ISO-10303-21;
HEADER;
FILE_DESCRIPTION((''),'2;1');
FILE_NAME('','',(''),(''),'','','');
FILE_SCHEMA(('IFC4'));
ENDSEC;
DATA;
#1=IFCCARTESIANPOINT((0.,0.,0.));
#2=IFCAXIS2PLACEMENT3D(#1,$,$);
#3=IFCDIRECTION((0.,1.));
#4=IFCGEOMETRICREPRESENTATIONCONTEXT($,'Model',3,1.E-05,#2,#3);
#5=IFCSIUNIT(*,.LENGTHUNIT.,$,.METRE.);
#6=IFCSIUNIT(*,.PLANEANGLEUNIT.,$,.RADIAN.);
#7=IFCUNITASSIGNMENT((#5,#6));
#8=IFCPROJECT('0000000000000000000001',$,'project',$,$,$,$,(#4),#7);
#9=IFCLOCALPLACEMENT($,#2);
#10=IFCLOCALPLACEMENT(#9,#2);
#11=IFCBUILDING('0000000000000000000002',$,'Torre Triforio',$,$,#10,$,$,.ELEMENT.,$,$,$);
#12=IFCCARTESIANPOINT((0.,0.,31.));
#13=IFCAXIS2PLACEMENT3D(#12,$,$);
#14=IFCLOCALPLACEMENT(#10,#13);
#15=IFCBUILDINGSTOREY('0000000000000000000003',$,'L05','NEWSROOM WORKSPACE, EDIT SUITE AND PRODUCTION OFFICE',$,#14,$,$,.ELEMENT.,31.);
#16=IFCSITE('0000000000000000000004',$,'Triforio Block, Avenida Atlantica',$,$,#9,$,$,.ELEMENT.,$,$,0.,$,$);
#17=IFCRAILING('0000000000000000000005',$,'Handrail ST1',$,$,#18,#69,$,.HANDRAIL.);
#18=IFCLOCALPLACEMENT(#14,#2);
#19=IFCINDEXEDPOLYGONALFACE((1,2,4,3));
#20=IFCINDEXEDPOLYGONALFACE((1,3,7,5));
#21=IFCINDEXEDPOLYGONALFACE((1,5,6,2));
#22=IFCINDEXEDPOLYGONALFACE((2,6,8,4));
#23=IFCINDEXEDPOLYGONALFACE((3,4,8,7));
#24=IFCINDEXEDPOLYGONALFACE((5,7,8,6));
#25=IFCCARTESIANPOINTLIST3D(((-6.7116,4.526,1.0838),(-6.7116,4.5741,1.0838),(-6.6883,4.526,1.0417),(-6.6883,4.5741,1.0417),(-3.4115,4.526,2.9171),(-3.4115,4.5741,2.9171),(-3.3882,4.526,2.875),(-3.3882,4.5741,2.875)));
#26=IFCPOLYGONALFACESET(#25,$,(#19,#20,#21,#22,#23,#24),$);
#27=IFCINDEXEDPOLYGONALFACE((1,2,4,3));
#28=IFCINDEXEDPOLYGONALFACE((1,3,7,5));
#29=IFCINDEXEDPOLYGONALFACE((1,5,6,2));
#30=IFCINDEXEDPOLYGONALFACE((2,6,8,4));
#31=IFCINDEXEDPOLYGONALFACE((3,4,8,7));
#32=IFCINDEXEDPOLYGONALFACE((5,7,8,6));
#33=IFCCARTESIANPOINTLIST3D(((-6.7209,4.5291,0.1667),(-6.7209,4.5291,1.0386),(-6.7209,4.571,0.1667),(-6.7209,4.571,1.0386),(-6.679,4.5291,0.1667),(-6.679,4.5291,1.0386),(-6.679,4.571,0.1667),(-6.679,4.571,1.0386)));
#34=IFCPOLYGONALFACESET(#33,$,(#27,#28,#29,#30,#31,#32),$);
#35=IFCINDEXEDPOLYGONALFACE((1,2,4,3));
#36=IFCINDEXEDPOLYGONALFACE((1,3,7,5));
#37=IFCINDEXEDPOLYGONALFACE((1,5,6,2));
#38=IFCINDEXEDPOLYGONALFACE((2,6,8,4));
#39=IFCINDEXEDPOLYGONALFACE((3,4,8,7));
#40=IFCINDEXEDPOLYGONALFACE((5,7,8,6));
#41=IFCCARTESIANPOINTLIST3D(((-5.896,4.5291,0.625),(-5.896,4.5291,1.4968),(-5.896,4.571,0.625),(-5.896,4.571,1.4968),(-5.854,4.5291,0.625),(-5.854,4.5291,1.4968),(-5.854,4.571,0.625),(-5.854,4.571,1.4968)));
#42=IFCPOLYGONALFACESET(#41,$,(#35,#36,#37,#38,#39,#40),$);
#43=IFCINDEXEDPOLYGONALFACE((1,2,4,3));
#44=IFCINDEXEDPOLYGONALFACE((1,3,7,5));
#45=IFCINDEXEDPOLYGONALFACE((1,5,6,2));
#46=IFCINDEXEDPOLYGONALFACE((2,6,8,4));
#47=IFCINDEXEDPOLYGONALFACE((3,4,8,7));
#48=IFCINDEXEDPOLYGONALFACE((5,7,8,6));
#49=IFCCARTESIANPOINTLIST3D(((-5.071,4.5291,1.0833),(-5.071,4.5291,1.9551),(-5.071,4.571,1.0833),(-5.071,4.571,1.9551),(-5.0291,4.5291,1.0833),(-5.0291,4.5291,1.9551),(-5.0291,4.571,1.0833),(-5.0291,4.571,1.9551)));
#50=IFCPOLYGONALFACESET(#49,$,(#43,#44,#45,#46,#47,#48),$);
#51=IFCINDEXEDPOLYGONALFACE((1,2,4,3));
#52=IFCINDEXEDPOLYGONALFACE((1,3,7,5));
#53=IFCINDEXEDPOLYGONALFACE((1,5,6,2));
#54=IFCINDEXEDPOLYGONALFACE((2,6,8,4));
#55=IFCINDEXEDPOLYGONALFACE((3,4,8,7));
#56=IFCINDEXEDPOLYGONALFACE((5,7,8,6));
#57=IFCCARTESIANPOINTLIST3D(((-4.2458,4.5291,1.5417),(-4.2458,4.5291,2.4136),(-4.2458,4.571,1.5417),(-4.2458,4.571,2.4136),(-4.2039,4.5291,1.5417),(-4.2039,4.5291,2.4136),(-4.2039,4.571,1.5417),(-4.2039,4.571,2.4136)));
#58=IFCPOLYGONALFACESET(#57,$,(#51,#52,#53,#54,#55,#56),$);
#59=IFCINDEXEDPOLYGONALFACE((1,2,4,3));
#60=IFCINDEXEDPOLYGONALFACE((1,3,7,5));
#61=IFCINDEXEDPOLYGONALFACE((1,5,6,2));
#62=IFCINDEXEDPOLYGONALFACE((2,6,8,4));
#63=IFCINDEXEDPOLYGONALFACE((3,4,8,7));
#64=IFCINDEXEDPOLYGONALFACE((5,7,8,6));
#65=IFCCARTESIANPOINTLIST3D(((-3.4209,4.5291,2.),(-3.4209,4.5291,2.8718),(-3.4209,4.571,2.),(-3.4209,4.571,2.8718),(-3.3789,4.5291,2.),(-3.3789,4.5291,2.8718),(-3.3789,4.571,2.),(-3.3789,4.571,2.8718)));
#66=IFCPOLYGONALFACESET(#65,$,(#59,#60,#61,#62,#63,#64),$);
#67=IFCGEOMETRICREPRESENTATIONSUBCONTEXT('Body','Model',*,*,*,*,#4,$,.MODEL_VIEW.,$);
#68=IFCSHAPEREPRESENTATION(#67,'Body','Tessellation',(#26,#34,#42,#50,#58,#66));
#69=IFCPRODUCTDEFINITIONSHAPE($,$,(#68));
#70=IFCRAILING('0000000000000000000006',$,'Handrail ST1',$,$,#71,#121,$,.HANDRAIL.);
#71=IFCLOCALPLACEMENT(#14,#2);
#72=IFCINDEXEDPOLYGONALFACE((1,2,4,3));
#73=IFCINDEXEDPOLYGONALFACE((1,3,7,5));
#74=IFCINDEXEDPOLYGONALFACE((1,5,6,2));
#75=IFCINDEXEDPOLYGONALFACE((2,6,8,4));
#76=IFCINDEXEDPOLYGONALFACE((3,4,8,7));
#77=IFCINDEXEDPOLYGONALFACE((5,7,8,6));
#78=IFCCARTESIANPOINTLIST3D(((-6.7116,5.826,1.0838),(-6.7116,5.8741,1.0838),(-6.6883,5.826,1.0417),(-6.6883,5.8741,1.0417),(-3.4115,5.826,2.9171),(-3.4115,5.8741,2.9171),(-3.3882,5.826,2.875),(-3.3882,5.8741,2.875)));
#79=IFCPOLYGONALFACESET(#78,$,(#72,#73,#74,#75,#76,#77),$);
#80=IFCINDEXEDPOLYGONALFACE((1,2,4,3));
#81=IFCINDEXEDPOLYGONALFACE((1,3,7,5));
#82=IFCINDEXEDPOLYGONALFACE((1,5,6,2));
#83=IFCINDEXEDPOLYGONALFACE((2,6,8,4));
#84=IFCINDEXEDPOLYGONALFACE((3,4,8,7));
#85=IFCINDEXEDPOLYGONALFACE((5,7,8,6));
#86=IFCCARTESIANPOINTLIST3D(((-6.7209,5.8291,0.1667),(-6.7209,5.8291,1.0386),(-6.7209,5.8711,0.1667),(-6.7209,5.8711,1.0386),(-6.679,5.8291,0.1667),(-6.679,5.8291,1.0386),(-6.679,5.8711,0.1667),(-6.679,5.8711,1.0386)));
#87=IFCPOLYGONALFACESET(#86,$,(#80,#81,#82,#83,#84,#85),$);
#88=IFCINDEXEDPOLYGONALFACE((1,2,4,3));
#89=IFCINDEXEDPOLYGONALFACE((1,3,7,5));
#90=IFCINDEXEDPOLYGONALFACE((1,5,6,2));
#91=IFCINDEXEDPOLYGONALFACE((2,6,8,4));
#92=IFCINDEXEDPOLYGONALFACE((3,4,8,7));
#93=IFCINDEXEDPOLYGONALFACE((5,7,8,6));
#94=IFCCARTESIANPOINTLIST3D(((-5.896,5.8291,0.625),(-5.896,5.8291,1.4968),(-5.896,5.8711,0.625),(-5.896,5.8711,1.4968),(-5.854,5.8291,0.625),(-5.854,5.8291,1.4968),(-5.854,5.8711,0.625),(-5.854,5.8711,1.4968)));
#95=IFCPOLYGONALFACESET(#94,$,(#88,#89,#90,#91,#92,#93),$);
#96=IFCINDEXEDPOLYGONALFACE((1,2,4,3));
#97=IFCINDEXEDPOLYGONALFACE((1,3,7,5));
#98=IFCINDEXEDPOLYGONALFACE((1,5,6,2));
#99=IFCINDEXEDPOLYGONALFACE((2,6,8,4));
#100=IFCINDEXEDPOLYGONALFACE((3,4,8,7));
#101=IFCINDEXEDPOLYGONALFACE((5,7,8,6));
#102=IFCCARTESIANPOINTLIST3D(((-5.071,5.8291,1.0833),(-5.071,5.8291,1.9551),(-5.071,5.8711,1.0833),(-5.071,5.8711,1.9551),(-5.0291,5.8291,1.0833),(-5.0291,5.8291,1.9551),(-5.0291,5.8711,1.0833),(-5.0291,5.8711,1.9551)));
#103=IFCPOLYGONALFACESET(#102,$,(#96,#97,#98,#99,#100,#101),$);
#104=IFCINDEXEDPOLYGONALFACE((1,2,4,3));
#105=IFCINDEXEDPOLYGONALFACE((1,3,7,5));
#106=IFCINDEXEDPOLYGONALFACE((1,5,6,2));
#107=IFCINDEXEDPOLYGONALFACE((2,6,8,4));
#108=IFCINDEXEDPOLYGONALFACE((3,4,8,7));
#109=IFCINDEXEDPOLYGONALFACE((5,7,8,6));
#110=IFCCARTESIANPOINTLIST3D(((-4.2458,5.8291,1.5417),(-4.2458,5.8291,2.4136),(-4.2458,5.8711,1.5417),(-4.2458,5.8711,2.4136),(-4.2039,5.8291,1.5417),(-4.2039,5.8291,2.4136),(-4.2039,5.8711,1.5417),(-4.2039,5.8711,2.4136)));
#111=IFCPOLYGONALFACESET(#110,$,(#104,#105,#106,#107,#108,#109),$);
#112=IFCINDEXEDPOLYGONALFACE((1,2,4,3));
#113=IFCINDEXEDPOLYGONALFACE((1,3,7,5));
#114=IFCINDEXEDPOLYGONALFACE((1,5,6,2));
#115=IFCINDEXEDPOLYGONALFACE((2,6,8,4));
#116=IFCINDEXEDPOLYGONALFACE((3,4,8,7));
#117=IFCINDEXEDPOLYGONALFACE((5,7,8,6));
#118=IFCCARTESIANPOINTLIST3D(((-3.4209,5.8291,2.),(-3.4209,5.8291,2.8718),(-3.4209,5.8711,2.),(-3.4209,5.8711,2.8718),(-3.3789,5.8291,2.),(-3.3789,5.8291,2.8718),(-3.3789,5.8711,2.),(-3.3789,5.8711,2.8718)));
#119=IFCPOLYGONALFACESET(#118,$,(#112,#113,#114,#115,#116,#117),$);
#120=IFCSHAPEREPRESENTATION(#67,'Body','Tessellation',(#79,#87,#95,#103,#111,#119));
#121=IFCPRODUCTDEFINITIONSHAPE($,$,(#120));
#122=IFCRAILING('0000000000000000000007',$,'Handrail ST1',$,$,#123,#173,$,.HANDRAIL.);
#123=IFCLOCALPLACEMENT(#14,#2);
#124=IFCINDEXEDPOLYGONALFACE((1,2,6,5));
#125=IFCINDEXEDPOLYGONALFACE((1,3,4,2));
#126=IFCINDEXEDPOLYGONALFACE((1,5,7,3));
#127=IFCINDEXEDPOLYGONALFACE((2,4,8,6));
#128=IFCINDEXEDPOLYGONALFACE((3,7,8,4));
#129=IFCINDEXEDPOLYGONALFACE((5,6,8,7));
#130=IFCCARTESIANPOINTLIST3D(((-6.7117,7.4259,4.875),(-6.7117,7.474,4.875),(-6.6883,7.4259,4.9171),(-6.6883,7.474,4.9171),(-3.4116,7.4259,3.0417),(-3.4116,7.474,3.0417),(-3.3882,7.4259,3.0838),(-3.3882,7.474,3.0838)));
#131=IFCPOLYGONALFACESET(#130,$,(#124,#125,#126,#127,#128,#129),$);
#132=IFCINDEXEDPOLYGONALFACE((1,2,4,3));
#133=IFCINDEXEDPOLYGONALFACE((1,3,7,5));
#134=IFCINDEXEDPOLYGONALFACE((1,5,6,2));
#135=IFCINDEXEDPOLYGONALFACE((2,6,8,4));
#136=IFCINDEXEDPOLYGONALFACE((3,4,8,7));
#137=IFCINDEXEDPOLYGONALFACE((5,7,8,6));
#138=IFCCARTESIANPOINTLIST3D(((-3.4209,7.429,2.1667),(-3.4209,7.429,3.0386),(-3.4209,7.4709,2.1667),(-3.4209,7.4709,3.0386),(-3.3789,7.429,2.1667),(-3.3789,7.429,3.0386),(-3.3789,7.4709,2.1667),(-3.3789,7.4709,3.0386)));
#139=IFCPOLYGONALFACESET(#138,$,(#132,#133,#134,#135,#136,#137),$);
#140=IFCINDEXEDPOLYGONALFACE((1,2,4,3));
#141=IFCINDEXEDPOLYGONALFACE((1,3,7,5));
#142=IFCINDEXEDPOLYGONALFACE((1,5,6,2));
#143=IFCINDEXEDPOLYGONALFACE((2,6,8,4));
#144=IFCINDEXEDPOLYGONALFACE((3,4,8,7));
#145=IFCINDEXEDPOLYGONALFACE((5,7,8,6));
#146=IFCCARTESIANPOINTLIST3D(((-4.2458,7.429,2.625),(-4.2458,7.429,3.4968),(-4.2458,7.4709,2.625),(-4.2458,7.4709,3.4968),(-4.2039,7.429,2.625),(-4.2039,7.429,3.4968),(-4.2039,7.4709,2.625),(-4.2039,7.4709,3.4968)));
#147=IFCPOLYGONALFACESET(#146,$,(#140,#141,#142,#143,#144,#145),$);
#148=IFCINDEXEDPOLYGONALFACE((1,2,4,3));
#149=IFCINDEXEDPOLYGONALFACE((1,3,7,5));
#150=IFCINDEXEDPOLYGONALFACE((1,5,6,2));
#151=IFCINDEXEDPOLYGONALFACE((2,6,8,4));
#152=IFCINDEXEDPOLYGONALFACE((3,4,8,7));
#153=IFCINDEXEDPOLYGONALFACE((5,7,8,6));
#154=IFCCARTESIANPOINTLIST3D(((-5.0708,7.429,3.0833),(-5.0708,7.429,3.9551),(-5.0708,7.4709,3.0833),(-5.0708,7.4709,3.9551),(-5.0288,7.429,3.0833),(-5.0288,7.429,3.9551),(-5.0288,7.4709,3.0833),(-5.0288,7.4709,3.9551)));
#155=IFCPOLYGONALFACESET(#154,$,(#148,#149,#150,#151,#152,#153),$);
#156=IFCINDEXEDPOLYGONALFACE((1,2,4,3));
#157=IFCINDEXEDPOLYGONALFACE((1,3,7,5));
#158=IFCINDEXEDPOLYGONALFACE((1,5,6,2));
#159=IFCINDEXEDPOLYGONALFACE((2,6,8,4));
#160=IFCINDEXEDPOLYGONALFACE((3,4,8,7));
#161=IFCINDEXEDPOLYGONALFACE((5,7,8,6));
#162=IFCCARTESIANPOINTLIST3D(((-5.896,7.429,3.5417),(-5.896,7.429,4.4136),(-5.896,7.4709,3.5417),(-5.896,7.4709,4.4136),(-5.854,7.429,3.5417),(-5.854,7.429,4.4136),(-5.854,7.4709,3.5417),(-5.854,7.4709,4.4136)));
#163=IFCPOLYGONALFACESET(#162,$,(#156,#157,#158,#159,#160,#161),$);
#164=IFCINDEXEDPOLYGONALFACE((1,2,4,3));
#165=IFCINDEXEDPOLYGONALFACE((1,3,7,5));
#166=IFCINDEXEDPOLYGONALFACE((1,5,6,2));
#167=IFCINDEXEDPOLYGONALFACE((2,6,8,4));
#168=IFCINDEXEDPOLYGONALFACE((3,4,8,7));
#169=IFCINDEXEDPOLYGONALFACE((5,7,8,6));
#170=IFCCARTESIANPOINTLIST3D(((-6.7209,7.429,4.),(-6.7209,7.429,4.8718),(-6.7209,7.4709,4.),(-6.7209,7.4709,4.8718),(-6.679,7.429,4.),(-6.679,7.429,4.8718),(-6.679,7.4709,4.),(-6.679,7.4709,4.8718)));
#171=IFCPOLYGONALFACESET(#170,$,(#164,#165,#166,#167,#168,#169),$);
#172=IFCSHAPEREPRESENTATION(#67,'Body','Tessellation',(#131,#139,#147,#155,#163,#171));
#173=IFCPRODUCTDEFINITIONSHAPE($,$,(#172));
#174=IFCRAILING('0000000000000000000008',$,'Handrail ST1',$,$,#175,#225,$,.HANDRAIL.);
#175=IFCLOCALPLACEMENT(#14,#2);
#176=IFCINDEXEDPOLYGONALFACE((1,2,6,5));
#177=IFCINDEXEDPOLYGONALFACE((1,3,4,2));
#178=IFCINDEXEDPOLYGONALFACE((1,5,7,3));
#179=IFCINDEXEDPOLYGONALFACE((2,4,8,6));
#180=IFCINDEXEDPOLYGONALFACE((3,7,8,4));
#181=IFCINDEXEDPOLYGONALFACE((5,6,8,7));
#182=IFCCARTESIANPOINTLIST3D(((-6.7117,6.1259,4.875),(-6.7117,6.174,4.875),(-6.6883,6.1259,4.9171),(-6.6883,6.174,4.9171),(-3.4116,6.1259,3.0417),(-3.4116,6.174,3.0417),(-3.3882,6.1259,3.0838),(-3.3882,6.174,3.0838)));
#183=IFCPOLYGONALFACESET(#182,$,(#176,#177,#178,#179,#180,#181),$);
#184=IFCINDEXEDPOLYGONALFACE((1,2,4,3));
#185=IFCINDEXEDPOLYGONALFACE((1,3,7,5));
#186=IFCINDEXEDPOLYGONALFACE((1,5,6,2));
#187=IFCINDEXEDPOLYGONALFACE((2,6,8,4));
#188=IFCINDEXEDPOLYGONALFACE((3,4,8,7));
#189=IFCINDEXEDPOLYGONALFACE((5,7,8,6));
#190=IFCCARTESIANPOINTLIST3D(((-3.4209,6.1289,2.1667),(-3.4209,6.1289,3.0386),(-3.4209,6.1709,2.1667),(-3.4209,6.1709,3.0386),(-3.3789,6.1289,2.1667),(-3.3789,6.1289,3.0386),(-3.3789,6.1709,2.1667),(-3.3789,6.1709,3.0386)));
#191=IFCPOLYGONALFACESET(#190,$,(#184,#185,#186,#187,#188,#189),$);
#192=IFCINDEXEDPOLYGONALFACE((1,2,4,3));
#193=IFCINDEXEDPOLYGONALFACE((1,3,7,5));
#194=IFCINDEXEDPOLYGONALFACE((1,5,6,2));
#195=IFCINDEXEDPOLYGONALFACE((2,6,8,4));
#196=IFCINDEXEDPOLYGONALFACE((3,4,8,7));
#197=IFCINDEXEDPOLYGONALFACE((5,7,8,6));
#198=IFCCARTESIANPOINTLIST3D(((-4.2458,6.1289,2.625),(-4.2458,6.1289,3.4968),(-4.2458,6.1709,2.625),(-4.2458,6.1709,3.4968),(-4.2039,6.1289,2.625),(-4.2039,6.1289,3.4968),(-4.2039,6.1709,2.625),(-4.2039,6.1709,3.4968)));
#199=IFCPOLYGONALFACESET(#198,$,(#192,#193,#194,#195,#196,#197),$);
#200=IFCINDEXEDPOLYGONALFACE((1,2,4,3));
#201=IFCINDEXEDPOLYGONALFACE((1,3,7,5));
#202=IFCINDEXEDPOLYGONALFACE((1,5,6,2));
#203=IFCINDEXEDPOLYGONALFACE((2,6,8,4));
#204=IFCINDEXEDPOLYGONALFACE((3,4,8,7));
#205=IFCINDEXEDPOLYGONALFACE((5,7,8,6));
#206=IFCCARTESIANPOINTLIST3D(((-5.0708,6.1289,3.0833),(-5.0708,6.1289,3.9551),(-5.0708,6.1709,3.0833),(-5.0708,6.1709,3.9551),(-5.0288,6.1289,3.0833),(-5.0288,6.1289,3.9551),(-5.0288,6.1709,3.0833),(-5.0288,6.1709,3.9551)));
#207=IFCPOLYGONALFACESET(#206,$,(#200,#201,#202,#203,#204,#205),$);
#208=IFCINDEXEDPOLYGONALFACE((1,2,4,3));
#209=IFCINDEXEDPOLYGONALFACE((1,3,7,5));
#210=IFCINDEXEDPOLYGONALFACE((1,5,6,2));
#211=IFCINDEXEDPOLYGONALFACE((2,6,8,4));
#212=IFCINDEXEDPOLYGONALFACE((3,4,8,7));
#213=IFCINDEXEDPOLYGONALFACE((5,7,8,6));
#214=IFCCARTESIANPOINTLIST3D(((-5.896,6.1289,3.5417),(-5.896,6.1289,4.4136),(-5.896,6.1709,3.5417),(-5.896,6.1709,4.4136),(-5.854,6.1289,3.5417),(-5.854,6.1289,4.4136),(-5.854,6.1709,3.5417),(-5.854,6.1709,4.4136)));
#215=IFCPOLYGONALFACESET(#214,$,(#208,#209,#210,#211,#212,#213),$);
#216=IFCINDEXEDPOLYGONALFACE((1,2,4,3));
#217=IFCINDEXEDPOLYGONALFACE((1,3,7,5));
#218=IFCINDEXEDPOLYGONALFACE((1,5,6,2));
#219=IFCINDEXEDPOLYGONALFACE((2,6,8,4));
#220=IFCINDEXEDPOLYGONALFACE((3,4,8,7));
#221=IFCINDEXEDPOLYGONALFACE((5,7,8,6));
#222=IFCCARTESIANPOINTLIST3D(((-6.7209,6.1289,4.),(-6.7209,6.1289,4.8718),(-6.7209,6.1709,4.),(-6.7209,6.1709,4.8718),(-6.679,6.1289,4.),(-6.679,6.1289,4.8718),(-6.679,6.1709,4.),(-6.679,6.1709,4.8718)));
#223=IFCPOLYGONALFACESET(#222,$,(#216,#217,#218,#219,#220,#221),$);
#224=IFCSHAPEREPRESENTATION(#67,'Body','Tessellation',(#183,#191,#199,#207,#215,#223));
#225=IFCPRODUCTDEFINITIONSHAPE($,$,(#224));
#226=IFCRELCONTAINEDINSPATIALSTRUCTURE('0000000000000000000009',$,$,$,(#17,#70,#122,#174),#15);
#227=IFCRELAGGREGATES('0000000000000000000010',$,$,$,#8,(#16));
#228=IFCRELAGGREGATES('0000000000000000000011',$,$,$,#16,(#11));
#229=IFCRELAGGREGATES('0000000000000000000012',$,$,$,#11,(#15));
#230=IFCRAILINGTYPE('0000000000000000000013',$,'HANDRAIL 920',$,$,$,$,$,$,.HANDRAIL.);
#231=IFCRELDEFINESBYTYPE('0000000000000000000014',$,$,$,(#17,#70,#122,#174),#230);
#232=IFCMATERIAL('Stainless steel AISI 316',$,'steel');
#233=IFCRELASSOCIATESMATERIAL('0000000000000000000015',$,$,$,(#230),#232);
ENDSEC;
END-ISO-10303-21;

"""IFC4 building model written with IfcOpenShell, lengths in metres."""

from ifc_helpers import new_model, si_unit, direction, frame, origin, origin_2d, place, context, subcontext, project, spatial, rectangle, extrude, material, type_object, element, save


model = new_model("IFC4")

# Units and contexts
model_context = context("Model", 3, precision=1e-05, world=origin(), true_north=direction((0.0, 1.0)))
body_context = subcontext(model_context, "Body", "Model", "MODEL_VIEW")
ifc_project = project(units=[si_unit("LENGTHUNIT", "METRE"), si_unit("PLANEANGLEUNIT", "RADIAN")], contexts=[model_context])

# Site, building, storey
site_placement = place(None, origin())
site = spatial("IfcSite", under=ifc_project, at=site_placement, Name="Triforio Block, Avenida Atlantica", CompositionType="ELEMENT", RefElevation=0.0)
building_placement = place(site_placement, origin())
building = spatial("IfcBuilding", under=site, at=building_placement, Name="Torre Triforio", CompositionType="ELEMENT")
storey_placement = place(building_placement, frame((0.0, 0.0, 31.0)))
storey = spatial("IfcBuildingStorey", under=building, at=storey_placement, Name="L05", Description="NEWSROOM WORKSPACE, EDIT SUITE AND PRODUCTION OFFICE", CompositionType="ELEMENT", Elevation=31.0)

# Railings
ifc_material_1 = material(Name="Stainless steel AISI 316", Category="steel")
railing_type = type_object("IfcRailingType", Name="HANDRAIL 920", PredefinedType="HANDRAIL", material=ifc_material_1)
for number, where, name in (
    (1, (-6.7, 4.55, 0.1667), "Handrail ST1"),
    (2, (-6.7, 5.8501, 0.1667), "Handrail ST1"),
):
    element("IfcRailing", number, at=place(storey_placement, frame(where)), inside=storey, type_object=railing_type, Name=name, PredefinedType="HANDRAIL", context=body_context, shape_type="SweptSolid", body=[
        extrude(rectangle(XDim=0.0481, YDim=0.0481, at=origin_2d()), frame((0.0, 0.0, 0.896), z_axis=(0.874169, 0.0, 0.485621), x_axis=(0.0, 1.0, 0.0)), (0.0, 0.0, 1.0), 3.7751),
        extrude(rectangle(XDim=0.042, YDim=0.042, at=origin_2d()), origin(), (0.0, 0.0, 1.0), 0.8718),
        extrude(rectangle(XDim=0.042, YDim=0.042, at=origin_2d()), frame((0.825, 0.0, 0.4583)), (0.0, 0.0, 1.0), 0.8718),
        extrude(rectangle(XDim=0.042, YDim=0.042, at=origin_2d()), frame((1.6499, 0.0, 0.9165)), (0.0, 0.0, 1.0), 0.8718),
        extrude(rectangle(XDim=0.042, YDim=0.042, at=origin_2d()), frame((2.4751, 0.0, 1.375)), (0.0, 0.0, 1.0), 0.8718),
        extrude(rectangle(XDim=0.042, YDim=0.042, at=origin_2d()), frame((3.3, 0.0, 1.8333)), (0.0, 0.0, 1.0), 0.8718),
    ])
for number, where, name in (
    (3, (-3.3999, 7.45, 2.1667), "Handrail ST1"),
    (4, (-3.3999, 6.1499, 2.1667), "Handrail ST1"),
):
    element("IfcRailing", number, at=place(storey_placement, frame(where)), inside=storey, type_object=railing_type, Name=name, PredefinedType="HANDRAIL", context=body_context, shape_type="SweptSolid", body=[
        extrude(rectangle(XDim=0.0481, YDim=0.0481, at=origin_2d()), frame((0.0, 0.0, 0.896), z_axis=(-0.874169, 0.0, 0.485621), x_axis=(0.0, -1.0, 0.0)), (0.0, 0.0, 1.0), 3.7751),
        extrude(rectangle(XDim=0.042, YDim=0.042, at=origin_2d()), origin(), (0.0, 0.0, 1.0), 0.8718),
        extrude(rectangle(XDim=0.042, YDim=0.042, at=origin_2d()), frame((-0.825, 0.0, 0.4583)), (0.0, 0.0, 1.0), 0.8718),
        extrude(rectangle(XDim=0.042, YDim=0.042, at=origin_2d()), frame((-1.6499, 0.0, 0.9165)), (0.0, 0.0, 1.0), 0.8718),
        extrude(rectangle(XDim=0.042, YDim=0.042, at=origin_2d()), frame((-2.4751, 0.0, 1.375)), (0.0, 0.0, 1.0), 0.8718),
        extrude(rectangle(XDim=0.042, YDim=0.042, at=origin_2d()), frame((-3.3, 0.0, 1.8333)), (0.0, 0.0, 1.0), 0.8718),
    ])

save(model, "model.ifc")
